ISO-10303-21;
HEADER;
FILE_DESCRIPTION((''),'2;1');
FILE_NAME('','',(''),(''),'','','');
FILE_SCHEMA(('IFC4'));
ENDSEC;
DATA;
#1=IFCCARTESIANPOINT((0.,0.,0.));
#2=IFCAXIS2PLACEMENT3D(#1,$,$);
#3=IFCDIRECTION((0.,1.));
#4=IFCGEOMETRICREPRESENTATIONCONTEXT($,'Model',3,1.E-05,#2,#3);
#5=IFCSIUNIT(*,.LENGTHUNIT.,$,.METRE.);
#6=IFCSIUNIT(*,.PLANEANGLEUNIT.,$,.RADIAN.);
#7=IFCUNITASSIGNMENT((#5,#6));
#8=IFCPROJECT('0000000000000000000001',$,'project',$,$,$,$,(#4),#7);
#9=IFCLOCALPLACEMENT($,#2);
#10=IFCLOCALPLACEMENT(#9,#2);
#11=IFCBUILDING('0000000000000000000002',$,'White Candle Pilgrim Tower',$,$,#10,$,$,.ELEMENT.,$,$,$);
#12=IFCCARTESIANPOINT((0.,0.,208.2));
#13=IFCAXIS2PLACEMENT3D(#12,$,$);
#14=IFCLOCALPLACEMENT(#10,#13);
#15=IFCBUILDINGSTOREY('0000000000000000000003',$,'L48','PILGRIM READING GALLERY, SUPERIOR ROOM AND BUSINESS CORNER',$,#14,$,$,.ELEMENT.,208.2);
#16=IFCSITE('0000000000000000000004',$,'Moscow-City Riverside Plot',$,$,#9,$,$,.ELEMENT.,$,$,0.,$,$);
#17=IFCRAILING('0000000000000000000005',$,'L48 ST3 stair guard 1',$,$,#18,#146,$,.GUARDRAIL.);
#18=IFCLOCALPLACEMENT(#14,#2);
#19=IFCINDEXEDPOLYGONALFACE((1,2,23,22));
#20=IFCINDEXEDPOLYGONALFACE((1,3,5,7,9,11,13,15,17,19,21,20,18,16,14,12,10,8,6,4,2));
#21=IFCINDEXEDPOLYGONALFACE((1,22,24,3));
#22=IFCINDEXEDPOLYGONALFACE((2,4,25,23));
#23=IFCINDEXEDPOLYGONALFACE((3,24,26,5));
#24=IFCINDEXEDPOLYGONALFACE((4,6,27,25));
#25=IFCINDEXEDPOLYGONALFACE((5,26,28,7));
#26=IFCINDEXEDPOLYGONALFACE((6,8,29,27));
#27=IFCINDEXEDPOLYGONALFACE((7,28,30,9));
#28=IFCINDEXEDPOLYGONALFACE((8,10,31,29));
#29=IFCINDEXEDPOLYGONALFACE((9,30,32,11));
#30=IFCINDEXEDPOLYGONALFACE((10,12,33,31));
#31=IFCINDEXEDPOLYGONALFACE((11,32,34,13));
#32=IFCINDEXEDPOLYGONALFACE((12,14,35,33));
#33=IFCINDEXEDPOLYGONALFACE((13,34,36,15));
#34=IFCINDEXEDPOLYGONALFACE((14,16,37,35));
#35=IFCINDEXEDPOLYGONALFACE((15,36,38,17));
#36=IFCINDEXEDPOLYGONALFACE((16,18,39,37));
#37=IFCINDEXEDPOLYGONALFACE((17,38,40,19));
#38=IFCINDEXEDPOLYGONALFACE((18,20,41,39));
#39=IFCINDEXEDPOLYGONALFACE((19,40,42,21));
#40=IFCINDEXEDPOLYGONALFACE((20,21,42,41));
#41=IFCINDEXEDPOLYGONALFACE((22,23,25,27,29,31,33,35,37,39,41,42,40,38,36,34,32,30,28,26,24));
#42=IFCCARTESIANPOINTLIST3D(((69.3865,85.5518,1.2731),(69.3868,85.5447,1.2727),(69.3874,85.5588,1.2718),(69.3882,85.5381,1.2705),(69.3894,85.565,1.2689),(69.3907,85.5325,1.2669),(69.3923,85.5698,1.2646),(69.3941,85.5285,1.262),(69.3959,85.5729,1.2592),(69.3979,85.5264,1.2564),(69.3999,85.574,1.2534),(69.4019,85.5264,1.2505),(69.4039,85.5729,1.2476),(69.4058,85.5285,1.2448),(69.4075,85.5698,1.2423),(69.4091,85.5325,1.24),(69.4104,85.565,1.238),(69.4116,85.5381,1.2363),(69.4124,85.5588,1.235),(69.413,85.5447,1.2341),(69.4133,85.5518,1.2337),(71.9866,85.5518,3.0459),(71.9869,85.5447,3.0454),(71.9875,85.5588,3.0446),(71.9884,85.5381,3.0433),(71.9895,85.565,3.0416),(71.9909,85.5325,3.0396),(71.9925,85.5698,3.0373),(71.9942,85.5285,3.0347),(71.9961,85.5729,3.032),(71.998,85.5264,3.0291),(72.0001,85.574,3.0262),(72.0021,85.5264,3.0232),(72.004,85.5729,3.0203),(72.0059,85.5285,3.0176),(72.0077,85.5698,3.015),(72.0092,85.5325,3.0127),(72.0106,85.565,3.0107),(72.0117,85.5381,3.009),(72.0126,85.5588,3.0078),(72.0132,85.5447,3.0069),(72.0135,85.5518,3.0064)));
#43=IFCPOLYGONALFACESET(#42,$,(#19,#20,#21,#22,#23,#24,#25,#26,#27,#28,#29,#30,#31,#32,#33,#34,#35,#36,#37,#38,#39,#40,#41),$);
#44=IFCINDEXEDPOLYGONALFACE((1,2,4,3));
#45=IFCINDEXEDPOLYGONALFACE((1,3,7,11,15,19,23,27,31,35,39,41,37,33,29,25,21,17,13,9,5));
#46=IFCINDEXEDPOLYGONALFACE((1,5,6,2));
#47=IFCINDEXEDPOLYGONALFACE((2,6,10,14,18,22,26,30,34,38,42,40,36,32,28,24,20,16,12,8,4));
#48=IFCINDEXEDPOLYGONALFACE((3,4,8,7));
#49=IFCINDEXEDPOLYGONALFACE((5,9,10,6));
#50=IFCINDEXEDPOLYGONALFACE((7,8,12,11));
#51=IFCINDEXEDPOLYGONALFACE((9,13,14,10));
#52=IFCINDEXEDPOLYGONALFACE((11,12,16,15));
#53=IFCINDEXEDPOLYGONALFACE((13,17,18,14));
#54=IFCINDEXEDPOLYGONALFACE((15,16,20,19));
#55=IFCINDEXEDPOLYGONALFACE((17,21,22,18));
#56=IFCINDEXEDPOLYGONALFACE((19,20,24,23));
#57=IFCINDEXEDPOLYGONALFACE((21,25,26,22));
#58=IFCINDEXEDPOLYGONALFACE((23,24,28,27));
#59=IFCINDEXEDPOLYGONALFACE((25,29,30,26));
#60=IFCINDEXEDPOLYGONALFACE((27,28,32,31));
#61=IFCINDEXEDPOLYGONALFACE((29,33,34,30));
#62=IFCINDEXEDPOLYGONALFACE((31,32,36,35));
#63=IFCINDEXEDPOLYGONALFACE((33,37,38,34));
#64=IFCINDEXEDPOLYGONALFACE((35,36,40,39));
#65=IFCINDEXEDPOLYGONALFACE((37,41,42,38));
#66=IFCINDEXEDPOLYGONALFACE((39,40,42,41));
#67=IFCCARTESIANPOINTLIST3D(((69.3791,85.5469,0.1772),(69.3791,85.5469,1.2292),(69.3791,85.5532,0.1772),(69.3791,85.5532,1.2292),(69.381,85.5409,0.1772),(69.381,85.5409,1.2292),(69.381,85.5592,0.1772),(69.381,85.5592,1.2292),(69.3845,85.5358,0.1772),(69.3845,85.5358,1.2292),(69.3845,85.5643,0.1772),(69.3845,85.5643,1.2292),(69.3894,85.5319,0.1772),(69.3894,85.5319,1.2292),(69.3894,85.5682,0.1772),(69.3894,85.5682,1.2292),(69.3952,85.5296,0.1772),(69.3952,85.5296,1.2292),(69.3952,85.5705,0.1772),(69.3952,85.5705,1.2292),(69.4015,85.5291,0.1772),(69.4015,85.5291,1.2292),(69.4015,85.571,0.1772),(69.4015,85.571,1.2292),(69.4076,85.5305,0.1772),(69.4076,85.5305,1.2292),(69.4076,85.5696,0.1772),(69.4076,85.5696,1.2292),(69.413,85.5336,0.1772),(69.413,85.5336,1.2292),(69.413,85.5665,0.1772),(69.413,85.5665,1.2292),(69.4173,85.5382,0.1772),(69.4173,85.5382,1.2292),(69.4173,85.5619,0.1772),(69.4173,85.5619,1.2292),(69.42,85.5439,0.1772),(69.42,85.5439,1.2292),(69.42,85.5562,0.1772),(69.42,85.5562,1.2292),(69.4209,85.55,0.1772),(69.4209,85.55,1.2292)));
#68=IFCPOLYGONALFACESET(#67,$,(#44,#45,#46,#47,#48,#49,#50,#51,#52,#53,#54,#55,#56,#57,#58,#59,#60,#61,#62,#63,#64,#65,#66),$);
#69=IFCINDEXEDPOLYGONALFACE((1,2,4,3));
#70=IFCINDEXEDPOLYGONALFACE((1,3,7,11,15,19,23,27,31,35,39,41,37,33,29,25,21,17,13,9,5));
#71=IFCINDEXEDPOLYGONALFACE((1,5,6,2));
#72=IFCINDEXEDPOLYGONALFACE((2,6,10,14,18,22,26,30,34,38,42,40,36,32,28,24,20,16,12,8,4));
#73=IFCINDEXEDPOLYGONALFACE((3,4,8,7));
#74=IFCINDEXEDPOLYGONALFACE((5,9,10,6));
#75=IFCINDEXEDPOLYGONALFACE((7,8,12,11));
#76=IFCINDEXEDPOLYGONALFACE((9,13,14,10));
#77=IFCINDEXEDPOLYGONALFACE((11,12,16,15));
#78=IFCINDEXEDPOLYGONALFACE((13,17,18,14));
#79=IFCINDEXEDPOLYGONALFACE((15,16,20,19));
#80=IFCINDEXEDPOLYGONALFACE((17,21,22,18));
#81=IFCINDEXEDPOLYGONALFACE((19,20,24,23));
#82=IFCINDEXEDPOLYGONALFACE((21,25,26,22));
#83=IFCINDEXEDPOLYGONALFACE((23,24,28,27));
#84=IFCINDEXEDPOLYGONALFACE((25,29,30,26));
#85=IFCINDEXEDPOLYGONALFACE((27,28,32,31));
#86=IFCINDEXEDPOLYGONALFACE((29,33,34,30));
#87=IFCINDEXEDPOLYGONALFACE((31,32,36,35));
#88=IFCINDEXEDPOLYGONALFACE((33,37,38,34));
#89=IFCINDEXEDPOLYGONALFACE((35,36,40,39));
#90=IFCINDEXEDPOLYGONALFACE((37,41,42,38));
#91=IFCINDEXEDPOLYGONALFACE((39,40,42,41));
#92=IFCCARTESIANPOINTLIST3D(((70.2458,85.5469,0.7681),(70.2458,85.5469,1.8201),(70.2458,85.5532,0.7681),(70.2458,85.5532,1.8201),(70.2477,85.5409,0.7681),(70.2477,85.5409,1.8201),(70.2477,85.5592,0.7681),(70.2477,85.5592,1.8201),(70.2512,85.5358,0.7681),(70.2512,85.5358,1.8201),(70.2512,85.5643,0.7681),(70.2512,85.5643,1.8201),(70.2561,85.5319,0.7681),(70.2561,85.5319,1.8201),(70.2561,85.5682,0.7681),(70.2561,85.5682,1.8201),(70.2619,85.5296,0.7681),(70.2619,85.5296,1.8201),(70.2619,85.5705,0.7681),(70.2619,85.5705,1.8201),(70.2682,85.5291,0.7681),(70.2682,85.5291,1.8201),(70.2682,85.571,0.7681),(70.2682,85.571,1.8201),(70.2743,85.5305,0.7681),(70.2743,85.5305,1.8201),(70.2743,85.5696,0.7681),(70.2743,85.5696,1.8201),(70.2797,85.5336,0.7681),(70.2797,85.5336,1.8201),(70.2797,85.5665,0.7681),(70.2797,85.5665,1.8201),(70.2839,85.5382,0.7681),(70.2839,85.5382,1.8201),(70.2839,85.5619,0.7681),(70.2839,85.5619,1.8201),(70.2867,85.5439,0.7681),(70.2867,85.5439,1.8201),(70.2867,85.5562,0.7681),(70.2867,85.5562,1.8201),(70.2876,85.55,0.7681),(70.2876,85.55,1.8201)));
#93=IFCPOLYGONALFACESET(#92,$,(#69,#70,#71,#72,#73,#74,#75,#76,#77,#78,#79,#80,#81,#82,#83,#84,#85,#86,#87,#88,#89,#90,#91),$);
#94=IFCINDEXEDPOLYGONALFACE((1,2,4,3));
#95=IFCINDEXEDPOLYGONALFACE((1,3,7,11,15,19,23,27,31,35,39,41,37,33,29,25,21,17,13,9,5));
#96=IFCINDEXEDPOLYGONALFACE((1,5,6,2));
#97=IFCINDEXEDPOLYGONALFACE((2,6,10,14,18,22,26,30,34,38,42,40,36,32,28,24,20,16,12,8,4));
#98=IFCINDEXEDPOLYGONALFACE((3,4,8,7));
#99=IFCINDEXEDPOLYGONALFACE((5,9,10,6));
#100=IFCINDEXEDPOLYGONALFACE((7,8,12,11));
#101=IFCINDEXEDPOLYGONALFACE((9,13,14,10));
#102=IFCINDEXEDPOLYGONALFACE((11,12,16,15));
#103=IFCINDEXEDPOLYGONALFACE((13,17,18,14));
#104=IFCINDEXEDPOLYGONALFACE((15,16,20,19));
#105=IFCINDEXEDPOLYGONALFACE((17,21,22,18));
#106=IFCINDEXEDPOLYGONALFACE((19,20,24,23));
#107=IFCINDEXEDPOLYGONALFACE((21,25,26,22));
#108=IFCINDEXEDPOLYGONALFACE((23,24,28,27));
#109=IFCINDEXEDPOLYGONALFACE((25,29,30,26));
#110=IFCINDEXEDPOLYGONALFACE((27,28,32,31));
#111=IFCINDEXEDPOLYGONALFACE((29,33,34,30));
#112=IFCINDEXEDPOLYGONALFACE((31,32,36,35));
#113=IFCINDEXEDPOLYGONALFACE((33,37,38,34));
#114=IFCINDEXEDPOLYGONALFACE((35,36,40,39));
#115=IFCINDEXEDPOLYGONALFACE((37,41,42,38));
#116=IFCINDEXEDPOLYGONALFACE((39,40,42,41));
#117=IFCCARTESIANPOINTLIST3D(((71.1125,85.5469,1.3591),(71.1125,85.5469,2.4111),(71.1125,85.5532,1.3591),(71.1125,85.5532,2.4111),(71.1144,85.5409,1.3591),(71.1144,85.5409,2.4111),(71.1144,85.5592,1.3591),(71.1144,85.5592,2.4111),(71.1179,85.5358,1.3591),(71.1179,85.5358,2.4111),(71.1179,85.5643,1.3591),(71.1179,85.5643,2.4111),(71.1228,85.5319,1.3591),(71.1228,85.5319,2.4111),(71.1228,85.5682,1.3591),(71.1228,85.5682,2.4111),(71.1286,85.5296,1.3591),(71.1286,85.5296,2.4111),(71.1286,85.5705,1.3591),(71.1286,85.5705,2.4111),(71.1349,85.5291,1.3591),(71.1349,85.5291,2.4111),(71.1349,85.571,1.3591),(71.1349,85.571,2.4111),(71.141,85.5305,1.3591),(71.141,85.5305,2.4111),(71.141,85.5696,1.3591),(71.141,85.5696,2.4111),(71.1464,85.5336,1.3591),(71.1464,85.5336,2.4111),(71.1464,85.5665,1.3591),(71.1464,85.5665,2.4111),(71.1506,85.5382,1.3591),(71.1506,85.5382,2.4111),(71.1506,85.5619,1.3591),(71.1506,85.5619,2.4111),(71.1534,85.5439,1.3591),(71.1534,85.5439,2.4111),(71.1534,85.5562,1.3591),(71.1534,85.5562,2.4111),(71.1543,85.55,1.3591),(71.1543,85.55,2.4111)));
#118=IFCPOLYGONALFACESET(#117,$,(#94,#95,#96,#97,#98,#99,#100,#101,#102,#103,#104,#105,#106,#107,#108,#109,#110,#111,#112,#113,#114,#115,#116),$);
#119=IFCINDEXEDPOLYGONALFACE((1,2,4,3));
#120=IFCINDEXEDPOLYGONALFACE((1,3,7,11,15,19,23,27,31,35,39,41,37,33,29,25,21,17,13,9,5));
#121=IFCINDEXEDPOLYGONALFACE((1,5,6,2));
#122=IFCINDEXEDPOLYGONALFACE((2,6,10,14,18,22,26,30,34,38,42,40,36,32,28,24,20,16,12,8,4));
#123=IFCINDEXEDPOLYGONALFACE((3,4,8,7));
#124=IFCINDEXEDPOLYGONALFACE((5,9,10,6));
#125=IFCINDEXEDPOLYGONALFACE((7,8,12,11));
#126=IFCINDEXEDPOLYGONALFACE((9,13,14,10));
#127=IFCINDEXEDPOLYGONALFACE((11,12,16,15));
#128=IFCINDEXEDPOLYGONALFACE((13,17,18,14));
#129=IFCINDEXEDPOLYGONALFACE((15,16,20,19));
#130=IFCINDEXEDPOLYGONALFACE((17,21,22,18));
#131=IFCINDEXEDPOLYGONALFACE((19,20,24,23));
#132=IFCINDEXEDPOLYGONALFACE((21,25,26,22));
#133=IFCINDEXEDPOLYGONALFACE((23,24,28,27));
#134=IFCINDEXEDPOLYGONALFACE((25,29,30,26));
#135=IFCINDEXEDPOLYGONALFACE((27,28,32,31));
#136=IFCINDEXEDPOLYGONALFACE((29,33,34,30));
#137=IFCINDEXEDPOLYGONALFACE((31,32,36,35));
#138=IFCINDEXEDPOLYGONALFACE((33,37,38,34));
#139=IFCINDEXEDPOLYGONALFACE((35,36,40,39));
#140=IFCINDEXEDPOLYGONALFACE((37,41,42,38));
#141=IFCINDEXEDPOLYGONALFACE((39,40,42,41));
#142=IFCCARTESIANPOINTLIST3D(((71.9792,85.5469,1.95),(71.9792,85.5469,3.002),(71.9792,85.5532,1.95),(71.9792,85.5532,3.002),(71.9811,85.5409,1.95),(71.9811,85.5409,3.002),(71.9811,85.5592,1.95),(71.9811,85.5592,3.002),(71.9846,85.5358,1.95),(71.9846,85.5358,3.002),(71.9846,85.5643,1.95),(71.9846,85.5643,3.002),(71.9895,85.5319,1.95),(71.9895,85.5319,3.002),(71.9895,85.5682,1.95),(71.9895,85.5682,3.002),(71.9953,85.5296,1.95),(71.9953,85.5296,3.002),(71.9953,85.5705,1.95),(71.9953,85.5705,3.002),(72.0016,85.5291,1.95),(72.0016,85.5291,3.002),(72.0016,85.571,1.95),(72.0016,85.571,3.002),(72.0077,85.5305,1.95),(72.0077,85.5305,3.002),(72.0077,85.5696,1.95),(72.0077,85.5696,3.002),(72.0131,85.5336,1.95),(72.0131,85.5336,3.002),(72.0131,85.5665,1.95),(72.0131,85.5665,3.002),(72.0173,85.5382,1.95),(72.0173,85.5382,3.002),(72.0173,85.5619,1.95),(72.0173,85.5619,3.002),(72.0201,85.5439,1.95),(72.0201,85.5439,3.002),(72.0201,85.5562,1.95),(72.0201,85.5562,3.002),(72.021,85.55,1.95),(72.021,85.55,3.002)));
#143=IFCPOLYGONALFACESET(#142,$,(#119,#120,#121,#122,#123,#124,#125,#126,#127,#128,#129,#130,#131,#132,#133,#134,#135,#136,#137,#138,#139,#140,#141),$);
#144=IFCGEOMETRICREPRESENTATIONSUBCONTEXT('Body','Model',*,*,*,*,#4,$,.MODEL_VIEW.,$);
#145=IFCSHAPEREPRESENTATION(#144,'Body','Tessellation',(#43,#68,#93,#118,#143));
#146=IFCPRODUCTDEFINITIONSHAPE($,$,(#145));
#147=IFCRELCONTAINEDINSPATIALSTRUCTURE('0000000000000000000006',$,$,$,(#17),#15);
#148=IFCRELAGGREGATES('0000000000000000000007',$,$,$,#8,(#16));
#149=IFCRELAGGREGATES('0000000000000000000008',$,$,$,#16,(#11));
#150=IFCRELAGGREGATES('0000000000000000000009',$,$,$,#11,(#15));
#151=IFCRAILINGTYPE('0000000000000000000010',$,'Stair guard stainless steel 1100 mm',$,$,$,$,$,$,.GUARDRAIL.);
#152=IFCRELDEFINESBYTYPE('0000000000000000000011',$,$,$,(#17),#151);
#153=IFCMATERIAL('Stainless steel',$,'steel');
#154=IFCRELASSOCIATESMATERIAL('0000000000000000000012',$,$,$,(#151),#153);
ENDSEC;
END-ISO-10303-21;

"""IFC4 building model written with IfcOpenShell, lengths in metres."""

from ifc_helpers import new_model, si_unit, direction, frame, origin, origin_2d, place, context, subcontext, project, spatial, circle, extrude, material, type_object, element, save


model = new_model("IFC4")

# Units and contexts
model_context = context("Model", 3, precision=1e-05, world=origin(), true_north=direction((0.0, 1.0)))
body_context = subcontext(model_context, "Body", "Model", "MODEL_VIEW")
ifc_project = project(units=[si_unit("LENGTHUNIT", "METRE"), si_unit("PLANEANGLEUNIT", "RADIAN")], contexts=[model_context])

# Site, building, storey
site_placement = place(None, origin())
site = spatial("IfcSite", under=ifc_project, at=site_placement, Name="Moscow-City Riverside Plot", CompositionType="ELEMENT", RefElevation=0.0)
building_placement = place(site_placement, origin())
building = spatial("IfcBuilding", under=site, at=building_placement, Name="White Candle Pilgrim Tower", CompositionType="ELEMENT")
storey_placement = place(building_placement, frame((0.0, 0.0, 208.2)))
storey = spatial("IfcBuildingStorey", under=building, at=storey_placement, Name="L48", Description="PILGRIM READING GALLERY, SUPERIOR ROOM AND BUSINESS CORNER", CompositionType="ELEMENT", Elevation=208.2)

# Railing
ifc_material_1 = material(Name="Stainless steel", Category="steel")
railing_type_1 = type_object("IfcRailingType", Name="Stair guard stainless steel 1100 mm", PredefinedType="GUARDRAIL", material=ifc_material_1)
railing_1_placement = place(storey_placement, frame((69.3999, 85.55, 0.1772)))
element("IfcRailing", 1, at=railing_1_placement, inside=storey, type_object=railing_type_1, Name="L48 ST3 stair guard 1", PredefinedType="GUARDRAIL", context=body_context, shape_type="SweptSolid", body=[
    extrude(circle(Radius=0.0239, at=origin_2d()), frame((0.0, 0.0, 1.0762), z_axis=(0.82624, 0.0, 0.563318), x_axis=(0.0, 1.0, 0.0)), (0.0, 0.0, 1.0), 3.147),
    extrude(circle(Radius=0.021, at=origin_2d()), origin(), (0.0, 0.0, 1.0), 1.052),
    extrude(circle(Radius=0.021, at=origin_2d()), frame((0.8667, 0.0, 0.5908)), (0.0, 0.0, 1.0), 1.052),
    extrude(circle(Radius=0.021, at=origin_2d()), frame((1.7334, 0.0, 1.1819)), (0.0, 0.0, 1.0), 1.052),
    extrude(circle(Radius=0.021, at=origin_2d()), frame((2.6001, 0.0, 1.7727)), (0.0, 0.0, 1.0), 1.052),
])

save(model, "model.ifc")
